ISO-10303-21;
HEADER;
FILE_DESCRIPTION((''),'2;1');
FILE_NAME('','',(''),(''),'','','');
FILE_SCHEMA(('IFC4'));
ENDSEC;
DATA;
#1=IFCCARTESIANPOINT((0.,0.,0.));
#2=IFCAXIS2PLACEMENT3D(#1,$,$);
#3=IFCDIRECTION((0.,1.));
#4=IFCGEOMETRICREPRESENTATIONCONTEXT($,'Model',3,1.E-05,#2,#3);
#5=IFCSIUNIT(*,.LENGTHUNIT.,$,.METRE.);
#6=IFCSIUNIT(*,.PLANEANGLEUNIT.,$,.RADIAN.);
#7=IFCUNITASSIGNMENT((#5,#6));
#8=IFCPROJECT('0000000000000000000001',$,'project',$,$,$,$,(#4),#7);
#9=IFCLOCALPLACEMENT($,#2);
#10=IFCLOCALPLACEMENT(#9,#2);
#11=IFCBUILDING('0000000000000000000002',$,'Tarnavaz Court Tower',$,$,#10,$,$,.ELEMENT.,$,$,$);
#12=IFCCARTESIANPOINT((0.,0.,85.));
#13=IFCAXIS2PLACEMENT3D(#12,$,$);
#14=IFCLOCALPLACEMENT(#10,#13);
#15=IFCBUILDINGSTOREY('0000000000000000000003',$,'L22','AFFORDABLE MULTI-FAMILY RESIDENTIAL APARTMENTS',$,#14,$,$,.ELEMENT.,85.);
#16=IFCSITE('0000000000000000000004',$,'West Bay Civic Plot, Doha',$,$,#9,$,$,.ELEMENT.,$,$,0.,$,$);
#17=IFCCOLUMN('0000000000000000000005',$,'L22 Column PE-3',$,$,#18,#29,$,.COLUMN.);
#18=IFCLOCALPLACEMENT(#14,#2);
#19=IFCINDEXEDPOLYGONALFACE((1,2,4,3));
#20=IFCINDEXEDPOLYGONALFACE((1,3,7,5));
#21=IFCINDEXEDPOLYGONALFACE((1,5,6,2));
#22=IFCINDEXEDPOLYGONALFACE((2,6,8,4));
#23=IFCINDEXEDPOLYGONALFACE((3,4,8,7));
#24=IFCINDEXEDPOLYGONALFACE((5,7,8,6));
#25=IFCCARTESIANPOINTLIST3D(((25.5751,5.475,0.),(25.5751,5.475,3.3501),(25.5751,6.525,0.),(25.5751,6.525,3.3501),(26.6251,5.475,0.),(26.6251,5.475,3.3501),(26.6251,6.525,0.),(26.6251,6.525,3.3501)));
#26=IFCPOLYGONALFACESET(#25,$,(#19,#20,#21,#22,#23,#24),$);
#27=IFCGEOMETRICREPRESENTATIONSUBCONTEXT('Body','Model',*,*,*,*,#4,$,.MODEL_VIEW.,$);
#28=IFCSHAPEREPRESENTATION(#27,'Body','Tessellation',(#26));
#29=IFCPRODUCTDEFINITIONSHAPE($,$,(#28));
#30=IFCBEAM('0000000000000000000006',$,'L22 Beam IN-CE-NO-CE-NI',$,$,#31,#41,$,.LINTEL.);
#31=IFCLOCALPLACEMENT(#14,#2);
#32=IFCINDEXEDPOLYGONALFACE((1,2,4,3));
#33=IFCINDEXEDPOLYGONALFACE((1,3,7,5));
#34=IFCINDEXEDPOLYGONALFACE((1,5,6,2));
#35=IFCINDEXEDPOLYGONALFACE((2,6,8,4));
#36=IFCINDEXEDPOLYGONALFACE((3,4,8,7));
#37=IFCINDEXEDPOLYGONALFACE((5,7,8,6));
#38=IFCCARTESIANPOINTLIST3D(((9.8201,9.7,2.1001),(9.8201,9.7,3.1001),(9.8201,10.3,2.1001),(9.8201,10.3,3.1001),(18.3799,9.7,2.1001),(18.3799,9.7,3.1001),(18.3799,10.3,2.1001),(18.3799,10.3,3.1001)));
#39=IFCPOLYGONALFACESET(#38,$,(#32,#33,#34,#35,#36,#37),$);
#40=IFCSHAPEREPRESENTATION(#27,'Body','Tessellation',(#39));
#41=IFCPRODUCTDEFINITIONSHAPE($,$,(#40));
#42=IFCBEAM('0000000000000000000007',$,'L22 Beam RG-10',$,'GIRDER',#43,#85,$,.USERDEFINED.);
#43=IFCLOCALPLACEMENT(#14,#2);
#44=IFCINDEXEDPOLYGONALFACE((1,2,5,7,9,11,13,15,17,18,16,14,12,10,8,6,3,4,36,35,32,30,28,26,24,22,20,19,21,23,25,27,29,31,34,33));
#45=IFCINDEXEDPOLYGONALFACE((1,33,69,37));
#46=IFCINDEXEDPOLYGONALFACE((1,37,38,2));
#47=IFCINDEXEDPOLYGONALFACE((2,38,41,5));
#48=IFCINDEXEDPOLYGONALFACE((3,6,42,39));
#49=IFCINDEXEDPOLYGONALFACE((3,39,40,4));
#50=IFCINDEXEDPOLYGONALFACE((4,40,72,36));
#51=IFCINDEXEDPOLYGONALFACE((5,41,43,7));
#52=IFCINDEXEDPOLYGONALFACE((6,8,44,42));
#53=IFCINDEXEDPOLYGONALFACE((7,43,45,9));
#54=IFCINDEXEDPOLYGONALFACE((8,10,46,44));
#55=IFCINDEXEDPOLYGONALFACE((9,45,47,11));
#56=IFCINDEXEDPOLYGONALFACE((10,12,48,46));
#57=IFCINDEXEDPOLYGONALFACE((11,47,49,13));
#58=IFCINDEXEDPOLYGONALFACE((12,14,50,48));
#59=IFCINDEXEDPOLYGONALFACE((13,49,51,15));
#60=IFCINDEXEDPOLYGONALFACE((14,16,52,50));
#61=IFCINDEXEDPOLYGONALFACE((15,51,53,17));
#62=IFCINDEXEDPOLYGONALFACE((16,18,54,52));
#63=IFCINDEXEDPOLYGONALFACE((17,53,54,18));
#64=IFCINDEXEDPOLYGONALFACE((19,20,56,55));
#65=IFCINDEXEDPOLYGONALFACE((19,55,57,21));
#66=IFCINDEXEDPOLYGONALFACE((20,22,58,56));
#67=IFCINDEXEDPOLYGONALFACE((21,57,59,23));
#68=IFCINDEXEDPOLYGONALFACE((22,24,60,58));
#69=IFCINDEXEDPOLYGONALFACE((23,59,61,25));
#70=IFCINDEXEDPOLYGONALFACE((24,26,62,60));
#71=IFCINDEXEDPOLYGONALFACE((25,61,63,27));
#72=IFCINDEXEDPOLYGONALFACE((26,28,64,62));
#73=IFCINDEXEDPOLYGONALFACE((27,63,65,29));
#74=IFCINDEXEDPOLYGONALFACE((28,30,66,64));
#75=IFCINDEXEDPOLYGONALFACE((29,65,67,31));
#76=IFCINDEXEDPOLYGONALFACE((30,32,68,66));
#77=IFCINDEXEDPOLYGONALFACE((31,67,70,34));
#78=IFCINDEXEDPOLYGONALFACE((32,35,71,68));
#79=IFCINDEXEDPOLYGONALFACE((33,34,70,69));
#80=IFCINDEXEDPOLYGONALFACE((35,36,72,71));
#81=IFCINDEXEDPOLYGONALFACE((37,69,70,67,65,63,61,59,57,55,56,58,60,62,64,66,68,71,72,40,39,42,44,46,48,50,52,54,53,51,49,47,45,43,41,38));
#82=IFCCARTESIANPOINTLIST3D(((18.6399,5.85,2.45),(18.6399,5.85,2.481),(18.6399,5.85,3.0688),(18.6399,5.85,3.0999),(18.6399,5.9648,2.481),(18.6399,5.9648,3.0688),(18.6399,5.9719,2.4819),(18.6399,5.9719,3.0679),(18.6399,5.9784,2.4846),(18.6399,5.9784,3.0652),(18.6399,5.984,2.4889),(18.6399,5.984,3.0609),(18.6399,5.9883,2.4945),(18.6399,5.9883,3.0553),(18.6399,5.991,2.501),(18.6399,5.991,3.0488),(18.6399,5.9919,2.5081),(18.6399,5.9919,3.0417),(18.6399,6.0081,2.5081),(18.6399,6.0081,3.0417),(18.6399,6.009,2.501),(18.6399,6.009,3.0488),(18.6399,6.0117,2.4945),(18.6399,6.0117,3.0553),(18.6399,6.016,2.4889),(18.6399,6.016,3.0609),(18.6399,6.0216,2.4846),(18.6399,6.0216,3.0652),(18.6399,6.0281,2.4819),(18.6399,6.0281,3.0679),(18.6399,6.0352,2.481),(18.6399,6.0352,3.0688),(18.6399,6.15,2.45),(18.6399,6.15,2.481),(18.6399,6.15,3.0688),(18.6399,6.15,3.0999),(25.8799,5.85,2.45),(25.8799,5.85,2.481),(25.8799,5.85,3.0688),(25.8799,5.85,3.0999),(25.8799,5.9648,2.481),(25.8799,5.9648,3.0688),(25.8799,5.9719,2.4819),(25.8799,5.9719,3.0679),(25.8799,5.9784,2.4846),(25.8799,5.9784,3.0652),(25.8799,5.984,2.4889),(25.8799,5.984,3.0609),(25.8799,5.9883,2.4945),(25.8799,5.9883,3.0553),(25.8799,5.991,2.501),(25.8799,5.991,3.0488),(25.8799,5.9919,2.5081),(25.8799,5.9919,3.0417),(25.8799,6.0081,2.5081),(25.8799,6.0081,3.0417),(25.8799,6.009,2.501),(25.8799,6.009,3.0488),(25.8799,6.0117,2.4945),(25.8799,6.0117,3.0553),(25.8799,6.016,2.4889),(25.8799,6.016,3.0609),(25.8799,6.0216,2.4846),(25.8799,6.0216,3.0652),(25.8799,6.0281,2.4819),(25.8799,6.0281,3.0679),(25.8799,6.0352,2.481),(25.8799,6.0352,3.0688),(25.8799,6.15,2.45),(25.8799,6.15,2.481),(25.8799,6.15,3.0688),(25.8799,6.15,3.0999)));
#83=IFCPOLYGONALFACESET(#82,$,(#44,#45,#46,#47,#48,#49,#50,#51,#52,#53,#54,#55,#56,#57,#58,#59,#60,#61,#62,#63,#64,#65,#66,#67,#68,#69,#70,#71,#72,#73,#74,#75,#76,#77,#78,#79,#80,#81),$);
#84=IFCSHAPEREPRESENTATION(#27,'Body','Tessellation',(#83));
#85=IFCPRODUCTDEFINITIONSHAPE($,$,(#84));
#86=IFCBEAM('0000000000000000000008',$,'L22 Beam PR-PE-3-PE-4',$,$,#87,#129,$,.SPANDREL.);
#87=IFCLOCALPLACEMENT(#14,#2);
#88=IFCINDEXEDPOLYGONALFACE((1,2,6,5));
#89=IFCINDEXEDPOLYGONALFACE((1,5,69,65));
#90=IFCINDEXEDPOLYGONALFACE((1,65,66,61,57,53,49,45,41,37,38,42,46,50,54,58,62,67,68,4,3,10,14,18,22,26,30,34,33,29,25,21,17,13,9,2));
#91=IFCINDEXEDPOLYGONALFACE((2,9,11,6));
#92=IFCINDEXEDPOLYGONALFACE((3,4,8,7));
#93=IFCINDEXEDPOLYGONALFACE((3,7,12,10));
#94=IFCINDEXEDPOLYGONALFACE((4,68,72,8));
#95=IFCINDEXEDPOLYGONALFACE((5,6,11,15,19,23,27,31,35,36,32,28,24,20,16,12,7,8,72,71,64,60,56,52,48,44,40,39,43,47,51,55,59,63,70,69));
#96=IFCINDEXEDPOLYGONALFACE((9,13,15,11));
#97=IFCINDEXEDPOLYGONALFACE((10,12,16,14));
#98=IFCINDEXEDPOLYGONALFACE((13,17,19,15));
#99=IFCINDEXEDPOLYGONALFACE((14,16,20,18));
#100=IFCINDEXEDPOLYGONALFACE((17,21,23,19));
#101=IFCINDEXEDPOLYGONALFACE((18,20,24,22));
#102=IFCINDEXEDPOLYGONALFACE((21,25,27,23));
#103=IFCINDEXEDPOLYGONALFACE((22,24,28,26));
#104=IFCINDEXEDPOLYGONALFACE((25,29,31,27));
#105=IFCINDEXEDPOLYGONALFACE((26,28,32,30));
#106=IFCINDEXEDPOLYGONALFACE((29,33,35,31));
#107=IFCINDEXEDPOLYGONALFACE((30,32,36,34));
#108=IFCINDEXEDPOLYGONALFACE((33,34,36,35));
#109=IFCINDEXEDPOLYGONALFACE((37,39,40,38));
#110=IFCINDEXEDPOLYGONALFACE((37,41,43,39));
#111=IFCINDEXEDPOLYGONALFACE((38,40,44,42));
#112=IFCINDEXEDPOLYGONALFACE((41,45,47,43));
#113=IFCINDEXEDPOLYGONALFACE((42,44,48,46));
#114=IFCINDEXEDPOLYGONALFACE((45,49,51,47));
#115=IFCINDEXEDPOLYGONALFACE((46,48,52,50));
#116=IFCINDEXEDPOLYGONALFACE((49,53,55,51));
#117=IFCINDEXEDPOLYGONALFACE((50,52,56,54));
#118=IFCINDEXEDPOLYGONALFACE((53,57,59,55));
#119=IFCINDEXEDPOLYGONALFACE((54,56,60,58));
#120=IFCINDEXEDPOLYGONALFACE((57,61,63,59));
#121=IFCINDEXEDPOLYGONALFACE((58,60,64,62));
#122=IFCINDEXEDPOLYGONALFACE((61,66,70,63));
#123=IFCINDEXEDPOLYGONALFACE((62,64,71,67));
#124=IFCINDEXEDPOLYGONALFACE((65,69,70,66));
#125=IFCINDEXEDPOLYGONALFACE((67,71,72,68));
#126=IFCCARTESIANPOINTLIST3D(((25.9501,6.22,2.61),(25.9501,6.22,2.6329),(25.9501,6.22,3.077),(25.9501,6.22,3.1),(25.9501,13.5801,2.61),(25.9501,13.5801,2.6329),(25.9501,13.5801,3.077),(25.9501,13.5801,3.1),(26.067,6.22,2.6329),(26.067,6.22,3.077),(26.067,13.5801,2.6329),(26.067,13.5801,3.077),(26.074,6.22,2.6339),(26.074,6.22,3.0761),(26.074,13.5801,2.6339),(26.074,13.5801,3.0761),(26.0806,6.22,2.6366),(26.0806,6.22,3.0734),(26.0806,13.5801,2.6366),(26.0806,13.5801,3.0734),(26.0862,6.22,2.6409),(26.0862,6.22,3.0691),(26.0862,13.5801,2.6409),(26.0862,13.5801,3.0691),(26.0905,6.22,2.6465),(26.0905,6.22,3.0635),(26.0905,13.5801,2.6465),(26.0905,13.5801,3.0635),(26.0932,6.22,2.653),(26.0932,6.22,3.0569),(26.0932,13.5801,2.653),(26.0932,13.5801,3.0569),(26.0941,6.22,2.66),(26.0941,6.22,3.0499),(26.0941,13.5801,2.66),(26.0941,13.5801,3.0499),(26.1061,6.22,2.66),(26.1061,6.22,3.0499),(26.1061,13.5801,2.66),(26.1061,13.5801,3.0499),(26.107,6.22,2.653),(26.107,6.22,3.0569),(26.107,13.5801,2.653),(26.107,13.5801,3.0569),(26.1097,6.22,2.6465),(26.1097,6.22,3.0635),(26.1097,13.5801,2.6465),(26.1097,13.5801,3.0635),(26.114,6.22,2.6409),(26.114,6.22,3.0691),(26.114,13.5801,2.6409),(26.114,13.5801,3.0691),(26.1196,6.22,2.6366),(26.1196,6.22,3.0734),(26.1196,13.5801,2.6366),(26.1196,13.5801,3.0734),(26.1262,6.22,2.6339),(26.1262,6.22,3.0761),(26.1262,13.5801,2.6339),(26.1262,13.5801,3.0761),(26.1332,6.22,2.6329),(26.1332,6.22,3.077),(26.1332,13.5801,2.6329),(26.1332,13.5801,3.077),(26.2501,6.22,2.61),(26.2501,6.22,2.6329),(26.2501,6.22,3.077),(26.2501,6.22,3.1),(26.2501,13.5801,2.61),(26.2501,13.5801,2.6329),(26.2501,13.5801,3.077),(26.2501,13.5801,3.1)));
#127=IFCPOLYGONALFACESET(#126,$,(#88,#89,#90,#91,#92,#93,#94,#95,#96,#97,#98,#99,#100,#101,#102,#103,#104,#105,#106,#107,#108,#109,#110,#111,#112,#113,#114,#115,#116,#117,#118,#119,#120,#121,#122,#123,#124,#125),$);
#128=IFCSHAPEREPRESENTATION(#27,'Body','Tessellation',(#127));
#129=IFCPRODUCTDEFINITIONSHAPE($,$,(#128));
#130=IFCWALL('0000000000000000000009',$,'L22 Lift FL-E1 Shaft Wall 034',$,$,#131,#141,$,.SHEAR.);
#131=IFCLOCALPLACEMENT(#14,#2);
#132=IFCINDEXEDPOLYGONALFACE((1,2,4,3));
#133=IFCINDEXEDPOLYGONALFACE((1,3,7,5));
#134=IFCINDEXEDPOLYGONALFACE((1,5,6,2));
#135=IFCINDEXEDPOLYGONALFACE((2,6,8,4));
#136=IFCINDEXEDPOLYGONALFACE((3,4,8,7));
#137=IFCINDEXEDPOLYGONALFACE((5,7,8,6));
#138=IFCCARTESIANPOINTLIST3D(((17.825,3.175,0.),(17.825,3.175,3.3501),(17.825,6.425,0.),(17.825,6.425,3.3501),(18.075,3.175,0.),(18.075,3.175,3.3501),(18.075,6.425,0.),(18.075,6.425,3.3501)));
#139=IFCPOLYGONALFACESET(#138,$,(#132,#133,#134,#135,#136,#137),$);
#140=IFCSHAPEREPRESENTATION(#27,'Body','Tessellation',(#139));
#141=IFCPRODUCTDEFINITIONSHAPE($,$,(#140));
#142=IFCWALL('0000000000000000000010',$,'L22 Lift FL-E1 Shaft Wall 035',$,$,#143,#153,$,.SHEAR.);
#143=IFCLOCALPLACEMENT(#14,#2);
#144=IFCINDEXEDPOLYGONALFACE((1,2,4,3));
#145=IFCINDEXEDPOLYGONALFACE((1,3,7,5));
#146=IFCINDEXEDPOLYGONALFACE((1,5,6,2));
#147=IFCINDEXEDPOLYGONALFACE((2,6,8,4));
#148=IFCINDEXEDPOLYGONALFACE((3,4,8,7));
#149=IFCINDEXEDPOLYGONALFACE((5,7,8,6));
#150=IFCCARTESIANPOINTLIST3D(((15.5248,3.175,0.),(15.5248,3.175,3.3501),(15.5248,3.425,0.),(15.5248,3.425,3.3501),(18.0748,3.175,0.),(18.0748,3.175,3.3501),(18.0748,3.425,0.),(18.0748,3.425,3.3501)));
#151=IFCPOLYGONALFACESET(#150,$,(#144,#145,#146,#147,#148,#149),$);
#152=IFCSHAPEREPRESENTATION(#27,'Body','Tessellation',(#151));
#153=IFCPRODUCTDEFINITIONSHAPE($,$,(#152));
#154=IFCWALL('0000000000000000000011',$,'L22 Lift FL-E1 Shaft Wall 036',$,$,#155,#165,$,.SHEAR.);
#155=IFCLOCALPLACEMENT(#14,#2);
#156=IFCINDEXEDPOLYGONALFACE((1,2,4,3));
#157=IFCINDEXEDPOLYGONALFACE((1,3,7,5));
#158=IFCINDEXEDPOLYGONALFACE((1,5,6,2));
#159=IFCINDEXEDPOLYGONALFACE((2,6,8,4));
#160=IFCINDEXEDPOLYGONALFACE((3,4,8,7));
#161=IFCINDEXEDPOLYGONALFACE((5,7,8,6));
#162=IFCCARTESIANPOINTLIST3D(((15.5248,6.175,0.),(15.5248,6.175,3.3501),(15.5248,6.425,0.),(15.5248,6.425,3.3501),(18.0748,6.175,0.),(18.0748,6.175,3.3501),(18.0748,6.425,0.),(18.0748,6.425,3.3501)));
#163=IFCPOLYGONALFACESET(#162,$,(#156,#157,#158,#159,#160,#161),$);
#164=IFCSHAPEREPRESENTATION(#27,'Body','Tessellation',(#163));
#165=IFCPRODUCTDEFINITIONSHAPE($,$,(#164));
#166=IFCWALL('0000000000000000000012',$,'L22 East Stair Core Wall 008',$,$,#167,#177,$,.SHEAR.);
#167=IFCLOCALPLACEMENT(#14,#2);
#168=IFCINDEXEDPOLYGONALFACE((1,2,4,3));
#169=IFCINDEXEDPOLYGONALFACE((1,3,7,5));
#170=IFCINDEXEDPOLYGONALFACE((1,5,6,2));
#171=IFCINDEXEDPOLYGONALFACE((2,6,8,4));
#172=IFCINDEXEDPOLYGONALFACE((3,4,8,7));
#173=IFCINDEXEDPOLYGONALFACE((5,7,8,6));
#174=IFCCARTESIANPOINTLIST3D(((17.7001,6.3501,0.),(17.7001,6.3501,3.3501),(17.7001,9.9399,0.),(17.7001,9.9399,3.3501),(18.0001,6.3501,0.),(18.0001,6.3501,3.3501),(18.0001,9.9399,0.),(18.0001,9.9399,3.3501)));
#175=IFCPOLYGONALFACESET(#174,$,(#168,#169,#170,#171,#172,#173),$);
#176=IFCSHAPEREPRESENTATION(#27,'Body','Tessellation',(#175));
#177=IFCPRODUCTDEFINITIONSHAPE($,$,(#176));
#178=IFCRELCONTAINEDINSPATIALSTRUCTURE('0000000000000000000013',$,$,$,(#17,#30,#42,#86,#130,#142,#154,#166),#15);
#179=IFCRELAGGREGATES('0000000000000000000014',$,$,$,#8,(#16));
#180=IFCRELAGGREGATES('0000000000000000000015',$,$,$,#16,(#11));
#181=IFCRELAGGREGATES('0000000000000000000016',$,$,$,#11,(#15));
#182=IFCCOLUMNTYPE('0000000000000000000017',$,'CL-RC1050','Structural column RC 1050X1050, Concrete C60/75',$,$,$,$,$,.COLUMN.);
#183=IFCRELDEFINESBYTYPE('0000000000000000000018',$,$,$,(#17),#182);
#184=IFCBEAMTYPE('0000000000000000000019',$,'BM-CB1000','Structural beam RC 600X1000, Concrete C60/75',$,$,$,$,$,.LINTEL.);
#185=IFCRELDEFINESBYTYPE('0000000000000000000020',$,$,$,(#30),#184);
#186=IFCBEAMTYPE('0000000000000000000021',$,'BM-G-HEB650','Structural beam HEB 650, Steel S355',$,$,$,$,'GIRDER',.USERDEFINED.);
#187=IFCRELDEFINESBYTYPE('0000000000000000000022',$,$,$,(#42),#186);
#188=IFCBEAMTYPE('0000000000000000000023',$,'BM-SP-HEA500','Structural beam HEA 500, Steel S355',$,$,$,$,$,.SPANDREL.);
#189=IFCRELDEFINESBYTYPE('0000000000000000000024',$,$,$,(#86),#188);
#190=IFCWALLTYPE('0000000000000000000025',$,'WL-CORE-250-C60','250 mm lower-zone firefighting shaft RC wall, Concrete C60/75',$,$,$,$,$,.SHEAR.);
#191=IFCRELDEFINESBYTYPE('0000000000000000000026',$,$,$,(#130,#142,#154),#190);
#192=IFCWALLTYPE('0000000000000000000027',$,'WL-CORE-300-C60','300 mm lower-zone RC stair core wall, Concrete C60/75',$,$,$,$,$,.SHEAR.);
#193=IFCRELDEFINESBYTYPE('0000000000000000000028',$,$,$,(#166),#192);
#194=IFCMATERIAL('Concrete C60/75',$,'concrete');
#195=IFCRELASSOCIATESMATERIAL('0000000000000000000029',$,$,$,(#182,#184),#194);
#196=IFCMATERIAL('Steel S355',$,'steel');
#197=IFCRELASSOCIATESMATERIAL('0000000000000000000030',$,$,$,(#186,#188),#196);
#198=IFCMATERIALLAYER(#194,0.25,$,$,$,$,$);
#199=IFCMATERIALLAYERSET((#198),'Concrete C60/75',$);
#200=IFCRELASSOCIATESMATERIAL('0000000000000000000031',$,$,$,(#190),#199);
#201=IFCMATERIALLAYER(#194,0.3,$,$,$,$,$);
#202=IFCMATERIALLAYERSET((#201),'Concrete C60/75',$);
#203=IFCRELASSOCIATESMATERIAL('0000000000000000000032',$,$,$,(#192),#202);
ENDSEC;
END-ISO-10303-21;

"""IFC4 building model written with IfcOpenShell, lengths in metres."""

from ifc_helpers import new_model, si_unit, direction, frame, frame_2d, origin, origin_2d, place, context, subcontext, project, spatial, rectangle, i_section, extrude, material, layer, layer_set, material_profile, profile_set, type_object, element, save


model = new_model("IFC4")

# Units and contexts
model_context = context("Model", 3, precision=1e-05, world=origin(), true_north=direction((0.0, 1.0)))
body_context = subcontext(model_context, "Body", "Model", "MODEL_VIEW")
ifc_project = project(units=[si_unit("LENGTHUNIT", "METRE"), si_unit("PLANEANGLEUNIT", "RADIAN")], contexts=[model_context])

# Site, building, storey
site_placement = place(None, origin())
site = spatial("IfcSite", under=ifc_project, at=site_placement, Name="West Bay Civic Plot, Doha", CompositionType="ELEMENT", RefElevation=0.0)
building_placement = place(site_placement, origin())
building = spatial("IfcBuilding", under=site, at=building_placement, Name="Tarnavaz Court Tower", CompositionType="ELEMENT")
storey_placement = place(building_placement, frame((0.0, 0.0, 85.0)))
storey = spatial("IfcBuildingStorey", under=building, at=storey_placement, Name="L22", Description="AFFORDABLE MULTI-FAMILY RESIDENTIAL APARTMENTS", CompositionType="ELEMENT", Elevation=85.0)

# Column
ifc_material_1 = material(Name="Concrete C60/75", Category="concrete")
ifc_material_profile_1 = material_profile(ifc_material_1, rectangle(XDim=1.05, YDim=1.05, at=origin_2d()), Name="RC 1050X1050")
ifc_profile_set_1 = profile_set([ifc_material_profile_1], Name="Concrete C60/75")
column_type = type_object("IfcColumnType", Name="CL-RC1050", Description="Structural column RC 1050X1050, Concrete C60/75", PredefinedType="COLUMN", material=ifc_profile_set_1)
column_placement = place(storey_placement, frame((26.1001, 6.0, 0.0), z_axis=(0.0, 0.0, 1.0), x_axis=(1.0, 0.0, 0.0)))
element("IfcColumn", 1, at=column_placement, inside=storey, type_object=column_type, Name="L22 Column PE-3", PredefinedType="COLUMN", context=body_context, shape_type="SweptSolid", body=[
    extrude(rectangle(XDim=1.05, YDim=1.05, at=origin_2d()), origin(), (0.0, 0.0, 1.0), 3.3501),
])

# Beams
ifc_material_profile_2 = material_profile(ifc_material_1, rectangle(XDim=0.6001, YDim=1.0, at=origin_2d()), Name="RC 600X1000")
ifc_profile_set_2 = profile_set([ifc_material_profile_2], Name="Concrete C60/75")
beam_type_1 = type_object("IfcBeamType", Name="BM-CB1000", Description="Structural beam RC 600X1000, Concrete C60/75", PredefinedType="LINTEL", material=ifc_profile_set_2)
beam_1_placement = place(storey_placement, frame((18.3799, 10.0, 2.6001), z_axis=(-1.0, 0.0, 0.0), x_axis=(0.0, -1.0, 0.0)))
element("IfcBeam", 2, at=beam_1_placement, inside=storey, type_object=beam_type_1, Name="L22 Beam IN-CE-NO-CE-NI", PredefinedType="LINTEL", context=body_context, shape_type="SweptSolid", body=[
    extrude(rectangle(XDim=0.6001, YDim=1.0, at=origin_2d()), origin(), (0.0, 0.0, 1.0), 8.5598),
])
ifc_material_2 = material(Name="Steel S355", Category="steel")
ifc_material_profile_3 = material_profile(ifc_material_2, i_section(OverallWidth=0.3, OverallDepth=0.6499, WebThickness=0.0161, FlangeThickness=0.031, FilletRadius=0.0271, at=origin_2d()), Name="HEB 650")
ifc_profile_set_3 = profile_set([ifc_material_profile_3], Name="Steel S355")
beam_type_2 = type_object("IfcBeamType", Name="BM-G-HEB650", Description="Structural beam HEB 650, Steel S355", ElementType="GIRDER", PredefinedType="USERDEFINED", material=ifc_profile_set_3)
beam_2_placement = place(storey_placement, frame((18.6399, 6.0, 2.7749), z_axis=(1.0, 0.0, 0.0), x_axis=(0.0, 1.0, 0.0)))
element("IfcBeam", 3, at=beam_2_placement, inside=storey, type_object=beam_type_2, Name="L22 Beam RG-10", ObjectType="GIRDER", PredefinedType="USERDEFINED", context=body_context, shape_type="SweptSolid", body=[
    extrude(i_section(OverallWidth=0.3, OverallDepth=0.6499, WebThickness=0.0161, FlangeThickness=0.031, FilletRadius=0.0271, at=origin_2d()), origin(), (0.0, 0.0, 1.0), 7.24),
])
ifc_material_profile_4 = material_profile(ifc_material_2, i_section(OverallWidth=0.3, OverallDepth=0.49, WebThickness=0.012, FlangeThickness=0.0229, FilletRadius=0.0271, at=origin_2d()), Name="HEA 500")
ifc_profile_set_4 = profile_set([ifc_material_profile_4], Name="Steel S355")
beam_type_3 = type_object("IfcBeamType", Name="BM-SP-HEA500", Description="Structural beam HEA 500, Steel S355", PredefinedType="SPANDREL", material=ifc_profile_set_4)
beam_3_placement = place(storey_placement, frame((26.1001, 6.22, 2.855), z_axis=(0.0, 1.0, 0.0), x_axis=(-1.0, 0.0, 0.0)))
element("IfcBeam", 4, at=beam_3_placement, inside=storey, type_object=beam_type_3, Name="L22 Beam PR-PE-3-PE-4", PredefinedType="SPANDREL", context=body_context, shape_type="SweptSolid", body=[
    extrude(i_section(OverallWidth=0.3, OverallDepth=0.49, WebThickness=0.012, FlangeThickness=0.0229, FilletRadius=0.0271, at=origin_2d()), origin(), (0.0, 0.0, 1.0), 7.3601),
])

# Shared definitions
ifc_layer_1 = layer(ifc_material_1, 0.25)
ifc_layer_set_1 = layer_set([ifc_layer_1], Name="Concrete C60/75")
wall_type_1 = type_object("IfcWallType", Name="WL-CORE-250-C60", Description="250 mm lower-zone firefighting shaft RC wall, Concrete C60/75", PredefinedType="SHEAR", material=ifc_layer_set_1)

# Walls
wall_1_placement = place(storey_placement, frame((17.95, 3.175, 0.0), z_axis=(0.0, 0.0, 1.0), x_axis=(0.0, 1.0, 0.0)))
element("IfcWall", 5, at=wall_1_placement, inside=storey, type_object=wall_type_1, Name="L22 Lift FL-E1 Shaft Wall 034", PredefinedType="SHEAR", context=body_context, shape_type="SweptSolid", body=[
    extrude(rectangle(XDim=3.25, YDim=0.25, at=frame_2d((1.625, 0.0))), origin(), (0.0, 0.0, 1.0), 3.3501),
])
for number, where, z_axis, x_axis, name in (
    (6, (15.5249, 3.3, 0.0), (0.0, 0.0, 1.0), (1.0, 0.0, 0.0), "L22 Lift FL-E1 Shaft Wall 035"),
    (7, (15.5249, 6.3, 0.0), (0.0, 0.0, 1.0), (1.0, 0.0, 0.0), "L22 Lift FL-E1 Shaft Wall 036"),
):
    element("IfcWall", number, at=place(storey_placement, frame(where, z_axis=z_axis, x_axis=x_axis)), inside=storey, type_object=wall_type_1, Name=name, PredefinedType="SHEAR", context=body_context, shape_type="SweptSolid", body=[
        extrude(rectangle(XDim=2.55, YDim=0.25, at=frame_2d((1.2749, 0.0))), origin(), (0.0, 0.0, 1.0), 3.3501),
    ])
ifc_layer_2 = layer(ifc_material_1, 0.3)
ifc_layer_set_2 = layer_set([ifc_layer_2], Name="Concrete C60/75")
wall_type_2 = type_object("IfcWallType", Name="WL-CORE-300-C60", Description="300 mm lower-zone RC stair core wall, Concrete C60/75", PredefinedType="SHEAR", material=ifc_layer_set_2)
wall_2_placement = place(storey_placement, frame((17.8501, 6.3501, 0.0), z_axis=(0.0, 0.0, 1.0), x_axis=(0.0, 1.0, 0.0)))
element("IfcWall", 8, at=wall_2_placement, inside=storey, type_object=wall_type_2, Name="L22 East Stair Core Wall 008", PredefinedType="SHEAR", context=body_context, shape_type="SweptSolid", body=[
    extrude(rectangle(XDim=3.5898, YDim=0.3, at=frame_2d((1.7949, 0.0))), origin(), (0.0, 0.0, 1.0), 3.3501),
])

save(model, "model.ifc")
